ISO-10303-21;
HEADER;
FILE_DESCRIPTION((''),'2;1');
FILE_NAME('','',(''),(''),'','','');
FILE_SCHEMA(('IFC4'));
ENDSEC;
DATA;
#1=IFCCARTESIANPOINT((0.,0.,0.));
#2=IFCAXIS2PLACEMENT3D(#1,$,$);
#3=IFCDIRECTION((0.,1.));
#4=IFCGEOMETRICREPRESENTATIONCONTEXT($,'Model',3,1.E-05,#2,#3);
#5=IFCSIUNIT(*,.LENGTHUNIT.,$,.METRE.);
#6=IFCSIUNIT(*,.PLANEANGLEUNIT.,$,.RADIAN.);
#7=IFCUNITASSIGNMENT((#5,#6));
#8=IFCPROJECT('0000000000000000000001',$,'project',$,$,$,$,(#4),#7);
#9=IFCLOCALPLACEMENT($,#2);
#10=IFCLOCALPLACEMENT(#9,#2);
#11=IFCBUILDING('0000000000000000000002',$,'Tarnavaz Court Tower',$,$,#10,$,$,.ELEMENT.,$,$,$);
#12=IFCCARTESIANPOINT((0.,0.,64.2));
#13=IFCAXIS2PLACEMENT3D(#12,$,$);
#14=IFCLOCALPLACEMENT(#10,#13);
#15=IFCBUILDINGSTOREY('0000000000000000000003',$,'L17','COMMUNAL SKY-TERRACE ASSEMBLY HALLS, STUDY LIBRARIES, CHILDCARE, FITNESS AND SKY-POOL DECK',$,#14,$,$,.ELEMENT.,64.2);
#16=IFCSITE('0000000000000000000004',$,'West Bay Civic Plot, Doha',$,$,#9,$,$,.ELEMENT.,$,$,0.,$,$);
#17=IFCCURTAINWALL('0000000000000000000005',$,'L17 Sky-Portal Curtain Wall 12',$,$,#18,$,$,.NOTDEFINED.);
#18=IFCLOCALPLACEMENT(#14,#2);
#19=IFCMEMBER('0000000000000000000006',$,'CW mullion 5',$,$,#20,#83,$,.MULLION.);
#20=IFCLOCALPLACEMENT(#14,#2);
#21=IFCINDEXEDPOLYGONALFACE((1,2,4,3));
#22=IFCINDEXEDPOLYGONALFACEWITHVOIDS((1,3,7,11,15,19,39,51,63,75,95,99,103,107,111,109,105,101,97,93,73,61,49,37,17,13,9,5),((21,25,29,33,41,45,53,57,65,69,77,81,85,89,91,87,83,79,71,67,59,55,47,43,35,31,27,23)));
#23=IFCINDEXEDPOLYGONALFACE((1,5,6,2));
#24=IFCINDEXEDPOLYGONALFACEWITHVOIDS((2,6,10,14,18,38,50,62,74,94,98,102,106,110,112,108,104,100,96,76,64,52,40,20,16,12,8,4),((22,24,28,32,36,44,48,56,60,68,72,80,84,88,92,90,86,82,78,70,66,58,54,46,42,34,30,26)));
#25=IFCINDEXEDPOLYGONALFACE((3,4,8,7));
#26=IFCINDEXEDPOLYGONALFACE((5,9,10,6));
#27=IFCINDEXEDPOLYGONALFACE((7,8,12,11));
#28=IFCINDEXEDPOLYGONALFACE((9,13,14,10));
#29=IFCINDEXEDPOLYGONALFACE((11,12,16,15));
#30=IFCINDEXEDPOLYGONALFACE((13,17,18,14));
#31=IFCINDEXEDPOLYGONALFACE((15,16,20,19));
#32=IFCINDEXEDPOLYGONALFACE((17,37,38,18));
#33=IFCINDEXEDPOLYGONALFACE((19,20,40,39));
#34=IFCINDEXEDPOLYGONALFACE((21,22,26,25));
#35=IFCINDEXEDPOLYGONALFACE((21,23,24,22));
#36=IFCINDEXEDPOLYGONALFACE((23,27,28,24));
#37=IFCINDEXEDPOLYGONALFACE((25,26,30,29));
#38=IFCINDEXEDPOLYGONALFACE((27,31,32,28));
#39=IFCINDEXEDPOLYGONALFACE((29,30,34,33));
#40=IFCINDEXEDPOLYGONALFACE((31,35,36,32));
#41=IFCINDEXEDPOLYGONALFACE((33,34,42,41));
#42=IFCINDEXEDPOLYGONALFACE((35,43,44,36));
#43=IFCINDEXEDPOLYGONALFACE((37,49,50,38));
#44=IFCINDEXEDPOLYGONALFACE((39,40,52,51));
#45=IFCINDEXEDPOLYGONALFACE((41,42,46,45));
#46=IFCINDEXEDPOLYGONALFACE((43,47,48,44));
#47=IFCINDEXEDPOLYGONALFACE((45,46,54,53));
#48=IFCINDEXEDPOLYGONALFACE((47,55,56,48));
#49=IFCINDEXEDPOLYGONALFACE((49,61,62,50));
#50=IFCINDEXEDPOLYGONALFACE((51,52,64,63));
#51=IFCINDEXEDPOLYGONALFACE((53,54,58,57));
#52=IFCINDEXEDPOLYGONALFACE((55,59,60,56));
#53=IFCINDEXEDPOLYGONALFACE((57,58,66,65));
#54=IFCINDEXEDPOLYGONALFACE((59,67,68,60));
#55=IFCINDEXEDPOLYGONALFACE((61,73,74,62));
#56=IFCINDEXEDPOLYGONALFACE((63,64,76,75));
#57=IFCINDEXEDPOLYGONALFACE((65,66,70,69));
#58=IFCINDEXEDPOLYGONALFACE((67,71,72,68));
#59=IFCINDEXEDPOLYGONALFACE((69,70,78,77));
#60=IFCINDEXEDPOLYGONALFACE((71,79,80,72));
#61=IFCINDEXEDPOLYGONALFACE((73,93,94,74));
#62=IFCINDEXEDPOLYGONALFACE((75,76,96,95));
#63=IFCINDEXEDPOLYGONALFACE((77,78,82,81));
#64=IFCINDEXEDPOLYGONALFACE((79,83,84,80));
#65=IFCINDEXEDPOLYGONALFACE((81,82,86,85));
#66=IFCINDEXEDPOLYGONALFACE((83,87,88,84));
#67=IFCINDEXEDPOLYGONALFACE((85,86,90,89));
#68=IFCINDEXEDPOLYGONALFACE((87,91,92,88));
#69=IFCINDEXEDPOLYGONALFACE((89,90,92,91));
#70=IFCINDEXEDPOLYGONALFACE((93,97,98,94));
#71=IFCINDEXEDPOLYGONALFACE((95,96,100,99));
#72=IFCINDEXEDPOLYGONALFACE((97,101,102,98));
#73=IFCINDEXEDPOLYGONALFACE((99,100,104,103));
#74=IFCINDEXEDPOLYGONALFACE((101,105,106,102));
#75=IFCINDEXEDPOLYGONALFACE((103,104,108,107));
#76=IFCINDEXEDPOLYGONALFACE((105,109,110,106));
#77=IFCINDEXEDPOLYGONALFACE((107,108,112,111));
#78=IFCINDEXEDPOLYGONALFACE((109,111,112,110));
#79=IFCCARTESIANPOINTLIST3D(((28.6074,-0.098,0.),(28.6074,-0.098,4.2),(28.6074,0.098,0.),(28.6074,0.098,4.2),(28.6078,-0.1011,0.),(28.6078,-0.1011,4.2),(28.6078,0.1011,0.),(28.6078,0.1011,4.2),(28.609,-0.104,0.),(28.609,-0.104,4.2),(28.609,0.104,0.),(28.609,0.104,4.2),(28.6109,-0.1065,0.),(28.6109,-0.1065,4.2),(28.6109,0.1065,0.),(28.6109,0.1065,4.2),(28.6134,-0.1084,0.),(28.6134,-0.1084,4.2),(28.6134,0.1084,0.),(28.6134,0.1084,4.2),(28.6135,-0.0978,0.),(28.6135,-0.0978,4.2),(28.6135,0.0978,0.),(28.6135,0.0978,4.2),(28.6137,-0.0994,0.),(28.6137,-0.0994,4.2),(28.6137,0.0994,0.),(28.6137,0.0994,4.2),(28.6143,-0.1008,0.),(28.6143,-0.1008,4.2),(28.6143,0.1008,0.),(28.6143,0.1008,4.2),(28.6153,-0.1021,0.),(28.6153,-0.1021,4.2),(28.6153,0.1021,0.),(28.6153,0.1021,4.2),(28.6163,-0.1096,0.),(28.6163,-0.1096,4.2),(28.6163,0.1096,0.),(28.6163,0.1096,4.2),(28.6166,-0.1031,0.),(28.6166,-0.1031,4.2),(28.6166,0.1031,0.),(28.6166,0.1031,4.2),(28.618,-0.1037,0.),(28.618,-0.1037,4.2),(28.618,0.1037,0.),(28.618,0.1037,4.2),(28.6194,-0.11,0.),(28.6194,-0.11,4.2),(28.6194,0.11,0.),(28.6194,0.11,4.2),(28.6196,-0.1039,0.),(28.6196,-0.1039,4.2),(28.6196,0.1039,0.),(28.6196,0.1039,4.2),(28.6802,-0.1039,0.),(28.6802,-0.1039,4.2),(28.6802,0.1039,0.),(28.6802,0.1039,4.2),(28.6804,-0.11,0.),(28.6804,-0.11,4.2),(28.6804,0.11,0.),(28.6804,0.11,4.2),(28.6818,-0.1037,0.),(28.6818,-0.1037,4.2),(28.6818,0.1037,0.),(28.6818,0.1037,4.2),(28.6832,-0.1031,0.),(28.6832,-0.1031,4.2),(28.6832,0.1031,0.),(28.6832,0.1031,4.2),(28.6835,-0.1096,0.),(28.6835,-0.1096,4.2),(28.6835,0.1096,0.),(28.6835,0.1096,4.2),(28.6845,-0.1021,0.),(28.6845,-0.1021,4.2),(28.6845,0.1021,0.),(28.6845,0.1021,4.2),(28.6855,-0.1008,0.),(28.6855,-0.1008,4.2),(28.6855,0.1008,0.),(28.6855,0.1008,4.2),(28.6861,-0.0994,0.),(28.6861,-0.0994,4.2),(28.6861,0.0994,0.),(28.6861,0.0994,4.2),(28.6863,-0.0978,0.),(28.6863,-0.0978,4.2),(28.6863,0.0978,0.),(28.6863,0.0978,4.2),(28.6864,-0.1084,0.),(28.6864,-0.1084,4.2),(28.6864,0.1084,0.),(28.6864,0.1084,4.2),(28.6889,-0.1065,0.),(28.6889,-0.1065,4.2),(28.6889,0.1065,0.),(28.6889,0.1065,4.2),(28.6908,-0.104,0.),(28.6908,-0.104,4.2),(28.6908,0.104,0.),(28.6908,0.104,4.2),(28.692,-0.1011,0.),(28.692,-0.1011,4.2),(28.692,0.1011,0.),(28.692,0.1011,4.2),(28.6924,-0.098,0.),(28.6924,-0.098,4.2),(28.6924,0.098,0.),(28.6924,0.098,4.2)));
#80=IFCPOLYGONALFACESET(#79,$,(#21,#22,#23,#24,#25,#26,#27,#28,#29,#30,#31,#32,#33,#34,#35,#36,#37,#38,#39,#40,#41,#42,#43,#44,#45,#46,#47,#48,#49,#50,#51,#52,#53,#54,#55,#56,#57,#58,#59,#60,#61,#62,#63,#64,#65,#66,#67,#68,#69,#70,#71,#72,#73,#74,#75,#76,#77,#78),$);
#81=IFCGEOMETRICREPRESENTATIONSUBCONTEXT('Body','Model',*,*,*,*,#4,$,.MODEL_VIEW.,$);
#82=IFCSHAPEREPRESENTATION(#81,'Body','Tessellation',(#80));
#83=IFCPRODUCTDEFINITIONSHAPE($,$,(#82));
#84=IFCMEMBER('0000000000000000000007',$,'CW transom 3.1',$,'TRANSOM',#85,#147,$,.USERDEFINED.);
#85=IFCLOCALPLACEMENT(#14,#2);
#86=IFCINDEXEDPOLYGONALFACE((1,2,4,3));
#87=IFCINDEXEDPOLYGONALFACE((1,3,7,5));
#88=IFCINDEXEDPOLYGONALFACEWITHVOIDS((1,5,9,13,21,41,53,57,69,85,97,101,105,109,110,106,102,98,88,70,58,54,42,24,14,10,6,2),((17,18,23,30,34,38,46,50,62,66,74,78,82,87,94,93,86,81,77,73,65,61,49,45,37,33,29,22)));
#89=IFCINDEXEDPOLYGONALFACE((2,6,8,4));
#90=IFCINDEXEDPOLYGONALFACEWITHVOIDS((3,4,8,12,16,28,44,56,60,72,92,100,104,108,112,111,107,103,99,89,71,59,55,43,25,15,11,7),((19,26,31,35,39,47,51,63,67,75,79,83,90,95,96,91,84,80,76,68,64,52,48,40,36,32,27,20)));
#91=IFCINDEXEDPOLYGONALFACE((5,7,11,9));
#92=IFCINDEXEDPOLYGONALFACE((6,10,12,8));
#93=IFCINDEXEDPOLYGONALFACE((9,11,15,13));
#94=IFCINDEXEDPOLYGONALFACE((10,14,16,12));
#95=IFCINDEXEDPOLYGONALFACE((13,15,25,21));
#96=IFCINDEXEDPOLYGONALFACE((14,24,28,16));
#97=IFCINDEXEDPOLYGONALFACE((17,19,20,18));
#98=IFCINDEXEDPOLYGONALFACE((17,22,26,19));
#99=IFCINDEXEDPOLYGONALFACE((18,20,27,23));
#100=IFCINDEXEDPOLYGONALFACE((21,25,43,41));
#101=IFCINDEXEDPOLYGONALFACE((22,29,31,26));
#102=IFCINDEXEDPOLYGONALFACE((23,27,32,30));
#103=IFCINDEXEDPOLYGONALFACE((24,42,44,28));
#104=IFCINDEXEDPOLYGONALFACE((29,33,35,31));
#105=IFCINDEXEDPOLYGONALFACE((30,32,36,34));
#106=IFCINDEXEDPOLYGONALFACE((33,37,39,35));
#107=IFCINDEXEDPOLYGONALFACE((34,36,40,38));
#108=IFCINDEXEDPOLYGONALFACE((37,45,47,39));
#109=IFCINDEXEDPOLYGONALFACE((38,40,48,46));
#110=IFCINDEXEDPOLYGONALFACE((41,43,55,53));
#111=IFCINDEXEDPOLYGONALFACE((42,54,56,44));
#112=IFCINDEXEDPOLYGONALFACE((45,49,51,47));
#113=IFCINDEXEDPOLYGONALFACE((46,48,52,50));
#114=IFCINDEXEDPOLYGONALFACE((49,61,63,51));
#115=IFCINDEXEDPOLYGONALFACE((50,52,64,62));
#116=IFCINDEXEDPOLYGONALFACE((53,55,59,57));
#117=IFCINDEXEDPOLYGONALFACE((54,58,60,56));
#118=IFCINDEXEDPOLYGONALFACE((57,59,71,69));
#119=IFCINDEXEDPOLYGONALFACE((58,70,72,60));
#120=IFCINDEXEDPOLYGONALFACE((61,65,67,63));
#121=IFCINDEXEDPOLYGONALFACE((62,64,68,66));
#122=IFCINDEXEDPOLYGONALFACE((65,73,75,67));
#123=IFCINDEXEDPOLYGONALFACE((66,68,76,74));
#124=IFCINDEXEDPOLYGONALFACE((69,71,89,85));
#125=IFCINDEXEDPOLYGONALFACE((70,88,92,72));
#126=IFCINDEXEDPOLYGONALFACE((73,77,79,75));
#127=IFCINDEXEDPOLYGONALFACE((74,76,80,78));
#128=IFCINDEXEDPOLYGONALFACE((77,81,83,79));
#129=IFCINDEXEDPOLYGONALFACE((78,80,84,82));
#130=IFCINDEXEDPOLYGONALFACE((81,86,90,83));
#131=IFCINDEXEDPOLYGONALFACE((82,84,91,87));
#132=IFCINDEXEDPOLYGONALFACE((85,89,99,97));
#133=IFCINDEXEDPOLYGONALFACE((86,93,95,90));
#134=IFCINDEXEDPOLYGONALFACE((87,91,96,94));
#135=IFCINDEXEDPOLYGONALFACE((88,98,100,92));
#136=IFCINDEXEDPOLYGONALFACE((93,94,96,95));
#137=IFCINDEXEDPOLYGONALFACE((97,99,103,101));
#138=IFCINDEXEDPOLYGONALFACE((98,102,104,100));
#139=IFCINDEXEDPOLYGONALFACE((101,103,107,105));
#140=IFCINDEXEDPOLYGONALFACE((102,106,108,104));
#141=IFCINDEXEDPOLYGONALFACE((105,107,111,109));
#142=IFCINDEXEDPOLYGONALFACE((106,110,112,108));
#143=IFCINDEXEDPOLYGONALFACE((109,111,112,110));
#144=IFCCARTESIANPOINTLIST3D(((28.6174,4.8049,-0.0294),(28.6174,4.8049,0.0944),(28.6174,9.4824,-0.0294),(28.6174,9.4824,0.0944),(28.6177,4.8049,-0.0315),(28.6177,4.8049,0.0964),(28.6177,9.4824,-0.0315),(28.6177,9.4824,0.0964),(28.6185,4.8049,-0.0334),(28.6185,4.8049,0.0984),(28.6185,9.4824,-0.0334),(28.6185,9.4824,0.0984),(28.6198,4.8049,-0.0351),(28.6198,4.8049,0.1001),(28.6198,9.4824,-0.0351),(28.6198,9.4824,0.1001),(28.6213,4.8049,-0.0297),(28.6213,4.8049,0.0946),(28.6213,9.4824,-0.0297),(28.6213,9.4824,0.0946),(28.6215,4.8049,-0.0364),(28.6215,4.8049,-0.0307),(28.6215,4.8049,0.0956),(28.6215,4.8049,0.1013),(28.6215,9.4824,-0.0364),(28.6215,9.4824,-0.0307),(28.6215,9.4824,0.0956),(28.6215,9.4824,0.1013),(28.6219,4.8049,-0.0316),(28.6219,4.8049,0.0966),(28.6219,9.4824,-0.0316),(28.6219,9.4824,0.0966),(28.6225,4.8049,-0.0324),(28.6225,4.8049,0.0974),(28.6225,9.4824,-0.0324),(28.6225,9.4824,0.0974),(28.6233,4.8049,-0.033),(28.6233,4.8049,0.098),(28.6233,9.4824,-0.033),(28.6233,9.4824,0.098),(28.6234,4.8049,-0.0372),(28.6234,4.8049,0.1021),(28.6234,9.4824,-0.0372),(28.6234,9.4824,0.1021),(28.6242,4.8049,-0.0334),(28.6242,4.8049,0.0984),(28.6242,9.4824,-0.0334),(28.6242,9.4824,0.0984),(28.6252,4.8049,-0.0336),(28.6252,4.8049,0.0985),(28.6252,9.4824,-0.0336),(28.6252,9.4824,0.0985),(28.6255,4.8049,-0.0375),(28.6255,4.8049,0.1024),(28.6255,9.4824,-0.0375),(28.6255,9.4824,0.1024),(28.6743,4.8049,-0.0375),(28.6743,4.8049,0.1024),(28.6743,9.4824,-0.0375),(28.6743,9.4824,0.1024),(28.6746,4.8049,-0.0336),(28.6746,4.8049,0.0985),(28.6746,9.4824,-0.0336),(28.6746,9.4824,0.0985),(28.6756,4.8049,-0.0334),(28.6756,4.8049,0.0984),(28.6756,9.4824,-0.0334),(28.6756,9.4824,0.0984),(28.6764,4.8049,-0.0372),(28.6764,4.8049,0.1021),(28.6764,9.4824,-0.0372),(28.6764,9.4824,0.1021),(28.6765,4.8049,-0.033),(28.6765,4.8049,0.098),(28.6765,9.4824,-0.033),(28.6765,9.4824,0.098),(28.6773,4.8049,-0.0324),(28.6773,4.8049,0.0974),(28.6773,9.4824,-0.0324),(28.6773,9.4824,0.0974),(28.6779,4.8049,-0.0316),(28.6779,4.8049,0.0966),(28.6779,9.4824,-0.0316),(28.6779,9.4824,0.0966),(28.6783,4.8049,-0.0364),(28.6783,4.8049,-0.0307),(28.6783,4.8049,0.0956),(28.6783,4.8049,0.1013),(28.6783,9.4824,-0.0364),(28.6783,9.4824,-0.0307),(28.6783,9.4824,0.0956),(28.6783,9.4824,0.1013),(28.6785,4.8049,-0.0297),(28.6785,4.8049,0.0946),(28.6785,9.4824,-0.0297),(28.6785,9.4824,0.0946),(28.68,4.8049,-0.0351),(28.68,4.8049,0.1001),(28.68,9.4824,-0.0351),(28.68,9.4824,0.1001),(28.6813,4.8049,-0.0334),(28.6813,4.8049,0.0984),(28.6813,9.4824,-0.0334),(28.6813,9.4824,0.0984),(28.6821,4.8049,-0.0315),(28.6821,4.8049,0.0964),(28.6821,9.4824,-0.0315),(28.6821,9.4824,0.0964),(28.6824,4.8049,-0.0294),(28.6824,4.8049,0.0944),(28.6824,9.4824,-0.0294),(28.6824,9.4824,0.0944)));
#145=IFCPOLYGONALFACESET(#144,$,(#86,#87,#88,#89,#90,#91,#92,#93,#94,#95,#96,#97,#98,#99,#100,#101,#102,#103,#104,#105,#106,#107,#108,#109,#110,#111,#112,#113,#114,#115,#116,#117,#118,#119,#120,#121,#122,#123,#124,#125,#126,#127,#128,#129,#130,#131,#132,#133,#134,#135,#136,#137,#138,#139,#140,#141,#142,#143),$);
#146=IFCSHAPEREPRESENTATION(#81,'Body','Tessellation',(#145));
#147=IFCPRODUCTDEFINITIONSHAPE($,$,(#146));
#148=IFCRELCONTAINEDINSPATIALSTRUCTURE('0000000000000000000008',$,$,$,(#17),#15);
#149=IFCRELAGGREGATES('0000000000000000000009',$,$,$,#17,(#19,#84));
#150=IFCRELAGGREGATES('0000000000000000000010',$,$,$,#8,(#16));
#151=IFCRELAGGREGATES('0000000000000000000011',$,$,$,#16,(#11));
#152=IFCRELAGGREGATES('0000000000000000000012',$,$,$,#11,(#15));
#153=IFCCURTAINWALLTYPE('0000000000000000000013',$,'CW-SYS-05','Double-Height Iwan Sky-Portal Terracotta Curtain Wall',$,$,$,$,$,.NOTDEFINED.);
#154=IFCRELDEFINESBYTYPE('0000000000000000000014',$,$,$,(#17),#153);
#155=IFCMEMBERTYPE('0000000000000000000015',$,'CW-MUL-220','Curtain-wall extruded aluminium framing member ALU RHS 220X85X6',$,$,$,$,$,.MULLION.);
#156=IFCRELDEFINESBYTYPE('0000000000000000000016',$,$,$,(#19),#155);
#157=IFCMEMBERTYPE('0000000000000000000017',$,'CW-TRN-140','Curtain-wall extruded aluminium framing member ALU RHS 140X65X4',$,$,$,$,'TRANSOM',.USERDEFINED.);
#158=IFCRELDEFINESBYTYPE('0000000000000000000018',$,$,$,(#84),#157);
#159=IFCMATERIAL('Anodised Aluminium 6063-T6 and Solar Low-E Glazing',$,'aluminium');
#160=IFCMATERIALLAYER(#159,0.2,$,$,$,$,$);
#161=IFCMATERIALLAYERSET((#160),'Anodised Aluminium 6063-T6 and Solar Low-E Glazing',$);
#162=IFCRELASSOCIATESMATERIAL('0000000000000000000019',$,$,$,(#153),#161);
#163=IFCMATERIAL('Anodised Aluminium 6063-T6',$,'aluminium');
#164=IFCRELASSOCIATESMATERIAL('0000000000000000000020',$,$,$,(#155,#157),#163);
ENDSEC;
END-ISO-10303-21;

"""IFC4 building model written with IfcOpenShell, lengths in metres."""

from ifc_helpers import new_model, si_unit, direction, frame, origin, origin_2d, place, context, subcontext, project, spatial, hollow_rectangle, extrude, material, layer, layer_set, material_profile, profile_set, type_object, element, aggregate, save


model = new_model("IFC4")

# Units and contexts
model_context = context("Model", 3, precision=1e-05, world=origin(), true_north=direction((0.0, 1.0)))
body_context = subcontext(model_context, "Body", "Model", "MODEL_VIEW")
ifc_project = project(units=[si_unit("LENGTHUNIT", "METRE"), si_unit("PLANEANGLEUNIT", "RADIAN")], contexts=[model_context])

# Site, building, storey
site_placement = place(None, origin())
site = spatial("IfcSite", under=ifc_project, at=site_placement, Name="West Bay Civic Plot, Doha", CompositionType="ELEMENT", RefElevation=0.0)
building_placement = place(site_placement, origin())
building = spatial("IfcBuilding", under=site, at=building_placement, Name="Tarnavaz Court Tower", CompositionType="ELEMENT")
storey_placement = place(building_placement, frame((0.0, 0.0, 64.2)))
storey = spatial("IfcBuildingStorey", under=building, at=storey_placement, Name="L17", Description="COMMUNAL SKY-TERRACE ASSEMBLY HALLS, STUDY LIBRARIES, CHILDCARE, FITNESS AND SKY-POOL DECK", CompositionType="ELEMENT", Elevation=64.2)

# Curtain wall, members
ifc_material_1 = material(Name="Anodised Aluminium 6063-T6 and Solar Low-E Glazing", Category="aluminium")
ifc_layer_1 = layer(ifc_material_1, 0.2)
ifc_layer_set_1 = layer_set([ifc_layer_1], Name="Anodised Aluminium 6063-T6 and Solar Low-E Glazing")
curtain_wall_type = type_object("IfcCurtainWallType", Name="CW-SYS-05", Description="Double-Height Iwan Sky-Portal Terracotta Curtain Wall", PredefinedType="NOTDEFINED", material=ifc_layer_set_1)
curtain_wall_placement = place(storey_placement, origin())
curtain_wall = element("IfcCurtainWall", 1, at=curtain_wall_placement, inside=storey, type_object=curtain_wall_type, Name="L17 Sky-Portal Curtain Wall 12", PredefinedType="NOTDEFINED")
ifc_material_2 = material(Name="Anodised Aluminium 6063-T6", Category="aluminium")
ifc_material_profile_1 = material_profile(ifc_material_2, hollow_rectangle(XDim=0.085, YDim=0.22, WallThickness=0.0061, InnerFilletRadius=0.0061, OuterFilletRadius=0.012, at=origin_2d()), Name="ALU RHS 220X85X6")
ifc_profile_set_1 = profile_set([ifc_material_profile_1], Name="Anodised Aluminium 6063-T6")
member_type_1 = type_object("IfcMemberType", Name="CW-MUL-220", Description="Curtain-wall extruded aluminium framing member ALU RHS 220X85X6", PredefinedType="MULLION", material=ifc_profile_set_1)
member_1_placement = place(storey_placement, frame((28.6499, 0.0, 0.0), z_axis=(0.0, 0.0, 1.0), x_axis=(1.0, 0.0, 0.0)))
member_1 = element("IfcMember", 2, at=member_1_placement, type_object=member_type_1, Name="CW mullion 5", PredefinedType="MULLION", context=body_context, shape_type="SweptSolid", body=[
    extrude(hollow_rectangle(XDim=0.085, YDim=0.22, WallThickness=0.0061, InnerFilletRadius=0.0061, OuterFilletRadius=0.012, at=origin_2d()), origin(), (0.0, 0.0, 1.0), 4.2),
])
ifc_material_profile_2 = material_profile(ifc_material_2, hollow_rectangle(XDim=0.0649, YDim=0.1399, WallThickness=0.0039, InnerFilletRadius=0.0039, OuterFilletRadius=0.0081, at=origin_2d()), Name="ALU RHS 140X65X4")
ifc_profile_set_2 = profile_set([ifc_material_profile_2], Name="Anodised Aluminium 6063-T6")
member_type_2 = type_object("IfcMemberType", Name="CW-TRN-140", Description="Curtain-wall extruded aluminium framing member ALU RHS 140X65X4", ElementType="TRANSOM", PredefinedType="USERDEFINED", material=ifc_profile_set_2)
member_2_placement = place(storey_placement, frame((28.6499, 9.4824, 0.0325), z_axis=(0.0, -1.0, 0.0), x_axis=(1.0, 0.0, 0.0)))
member_2 = element("IfcMember", 3, at=member_2_placement, type_object=member_type_2, Name="CW transom 3.1", ObjectType="TRANSOM", PredefinedType="USERDEFINED", context=body_context, shape_type="SweptSolid", body=[
    extrude(hollow_rectangle(XDim=0.0649, YDim=0.1399, WallThickness=0.0039, InnerFilletRadius=0.0039, OuterFilletRadius=0.0081, at=origin_2d()), origin(), (0.0, 0.0, 1.0), 4.6775),
])
aggregate(curtain_wall, [member_1, member_2])

save(model, "model.ifc")
